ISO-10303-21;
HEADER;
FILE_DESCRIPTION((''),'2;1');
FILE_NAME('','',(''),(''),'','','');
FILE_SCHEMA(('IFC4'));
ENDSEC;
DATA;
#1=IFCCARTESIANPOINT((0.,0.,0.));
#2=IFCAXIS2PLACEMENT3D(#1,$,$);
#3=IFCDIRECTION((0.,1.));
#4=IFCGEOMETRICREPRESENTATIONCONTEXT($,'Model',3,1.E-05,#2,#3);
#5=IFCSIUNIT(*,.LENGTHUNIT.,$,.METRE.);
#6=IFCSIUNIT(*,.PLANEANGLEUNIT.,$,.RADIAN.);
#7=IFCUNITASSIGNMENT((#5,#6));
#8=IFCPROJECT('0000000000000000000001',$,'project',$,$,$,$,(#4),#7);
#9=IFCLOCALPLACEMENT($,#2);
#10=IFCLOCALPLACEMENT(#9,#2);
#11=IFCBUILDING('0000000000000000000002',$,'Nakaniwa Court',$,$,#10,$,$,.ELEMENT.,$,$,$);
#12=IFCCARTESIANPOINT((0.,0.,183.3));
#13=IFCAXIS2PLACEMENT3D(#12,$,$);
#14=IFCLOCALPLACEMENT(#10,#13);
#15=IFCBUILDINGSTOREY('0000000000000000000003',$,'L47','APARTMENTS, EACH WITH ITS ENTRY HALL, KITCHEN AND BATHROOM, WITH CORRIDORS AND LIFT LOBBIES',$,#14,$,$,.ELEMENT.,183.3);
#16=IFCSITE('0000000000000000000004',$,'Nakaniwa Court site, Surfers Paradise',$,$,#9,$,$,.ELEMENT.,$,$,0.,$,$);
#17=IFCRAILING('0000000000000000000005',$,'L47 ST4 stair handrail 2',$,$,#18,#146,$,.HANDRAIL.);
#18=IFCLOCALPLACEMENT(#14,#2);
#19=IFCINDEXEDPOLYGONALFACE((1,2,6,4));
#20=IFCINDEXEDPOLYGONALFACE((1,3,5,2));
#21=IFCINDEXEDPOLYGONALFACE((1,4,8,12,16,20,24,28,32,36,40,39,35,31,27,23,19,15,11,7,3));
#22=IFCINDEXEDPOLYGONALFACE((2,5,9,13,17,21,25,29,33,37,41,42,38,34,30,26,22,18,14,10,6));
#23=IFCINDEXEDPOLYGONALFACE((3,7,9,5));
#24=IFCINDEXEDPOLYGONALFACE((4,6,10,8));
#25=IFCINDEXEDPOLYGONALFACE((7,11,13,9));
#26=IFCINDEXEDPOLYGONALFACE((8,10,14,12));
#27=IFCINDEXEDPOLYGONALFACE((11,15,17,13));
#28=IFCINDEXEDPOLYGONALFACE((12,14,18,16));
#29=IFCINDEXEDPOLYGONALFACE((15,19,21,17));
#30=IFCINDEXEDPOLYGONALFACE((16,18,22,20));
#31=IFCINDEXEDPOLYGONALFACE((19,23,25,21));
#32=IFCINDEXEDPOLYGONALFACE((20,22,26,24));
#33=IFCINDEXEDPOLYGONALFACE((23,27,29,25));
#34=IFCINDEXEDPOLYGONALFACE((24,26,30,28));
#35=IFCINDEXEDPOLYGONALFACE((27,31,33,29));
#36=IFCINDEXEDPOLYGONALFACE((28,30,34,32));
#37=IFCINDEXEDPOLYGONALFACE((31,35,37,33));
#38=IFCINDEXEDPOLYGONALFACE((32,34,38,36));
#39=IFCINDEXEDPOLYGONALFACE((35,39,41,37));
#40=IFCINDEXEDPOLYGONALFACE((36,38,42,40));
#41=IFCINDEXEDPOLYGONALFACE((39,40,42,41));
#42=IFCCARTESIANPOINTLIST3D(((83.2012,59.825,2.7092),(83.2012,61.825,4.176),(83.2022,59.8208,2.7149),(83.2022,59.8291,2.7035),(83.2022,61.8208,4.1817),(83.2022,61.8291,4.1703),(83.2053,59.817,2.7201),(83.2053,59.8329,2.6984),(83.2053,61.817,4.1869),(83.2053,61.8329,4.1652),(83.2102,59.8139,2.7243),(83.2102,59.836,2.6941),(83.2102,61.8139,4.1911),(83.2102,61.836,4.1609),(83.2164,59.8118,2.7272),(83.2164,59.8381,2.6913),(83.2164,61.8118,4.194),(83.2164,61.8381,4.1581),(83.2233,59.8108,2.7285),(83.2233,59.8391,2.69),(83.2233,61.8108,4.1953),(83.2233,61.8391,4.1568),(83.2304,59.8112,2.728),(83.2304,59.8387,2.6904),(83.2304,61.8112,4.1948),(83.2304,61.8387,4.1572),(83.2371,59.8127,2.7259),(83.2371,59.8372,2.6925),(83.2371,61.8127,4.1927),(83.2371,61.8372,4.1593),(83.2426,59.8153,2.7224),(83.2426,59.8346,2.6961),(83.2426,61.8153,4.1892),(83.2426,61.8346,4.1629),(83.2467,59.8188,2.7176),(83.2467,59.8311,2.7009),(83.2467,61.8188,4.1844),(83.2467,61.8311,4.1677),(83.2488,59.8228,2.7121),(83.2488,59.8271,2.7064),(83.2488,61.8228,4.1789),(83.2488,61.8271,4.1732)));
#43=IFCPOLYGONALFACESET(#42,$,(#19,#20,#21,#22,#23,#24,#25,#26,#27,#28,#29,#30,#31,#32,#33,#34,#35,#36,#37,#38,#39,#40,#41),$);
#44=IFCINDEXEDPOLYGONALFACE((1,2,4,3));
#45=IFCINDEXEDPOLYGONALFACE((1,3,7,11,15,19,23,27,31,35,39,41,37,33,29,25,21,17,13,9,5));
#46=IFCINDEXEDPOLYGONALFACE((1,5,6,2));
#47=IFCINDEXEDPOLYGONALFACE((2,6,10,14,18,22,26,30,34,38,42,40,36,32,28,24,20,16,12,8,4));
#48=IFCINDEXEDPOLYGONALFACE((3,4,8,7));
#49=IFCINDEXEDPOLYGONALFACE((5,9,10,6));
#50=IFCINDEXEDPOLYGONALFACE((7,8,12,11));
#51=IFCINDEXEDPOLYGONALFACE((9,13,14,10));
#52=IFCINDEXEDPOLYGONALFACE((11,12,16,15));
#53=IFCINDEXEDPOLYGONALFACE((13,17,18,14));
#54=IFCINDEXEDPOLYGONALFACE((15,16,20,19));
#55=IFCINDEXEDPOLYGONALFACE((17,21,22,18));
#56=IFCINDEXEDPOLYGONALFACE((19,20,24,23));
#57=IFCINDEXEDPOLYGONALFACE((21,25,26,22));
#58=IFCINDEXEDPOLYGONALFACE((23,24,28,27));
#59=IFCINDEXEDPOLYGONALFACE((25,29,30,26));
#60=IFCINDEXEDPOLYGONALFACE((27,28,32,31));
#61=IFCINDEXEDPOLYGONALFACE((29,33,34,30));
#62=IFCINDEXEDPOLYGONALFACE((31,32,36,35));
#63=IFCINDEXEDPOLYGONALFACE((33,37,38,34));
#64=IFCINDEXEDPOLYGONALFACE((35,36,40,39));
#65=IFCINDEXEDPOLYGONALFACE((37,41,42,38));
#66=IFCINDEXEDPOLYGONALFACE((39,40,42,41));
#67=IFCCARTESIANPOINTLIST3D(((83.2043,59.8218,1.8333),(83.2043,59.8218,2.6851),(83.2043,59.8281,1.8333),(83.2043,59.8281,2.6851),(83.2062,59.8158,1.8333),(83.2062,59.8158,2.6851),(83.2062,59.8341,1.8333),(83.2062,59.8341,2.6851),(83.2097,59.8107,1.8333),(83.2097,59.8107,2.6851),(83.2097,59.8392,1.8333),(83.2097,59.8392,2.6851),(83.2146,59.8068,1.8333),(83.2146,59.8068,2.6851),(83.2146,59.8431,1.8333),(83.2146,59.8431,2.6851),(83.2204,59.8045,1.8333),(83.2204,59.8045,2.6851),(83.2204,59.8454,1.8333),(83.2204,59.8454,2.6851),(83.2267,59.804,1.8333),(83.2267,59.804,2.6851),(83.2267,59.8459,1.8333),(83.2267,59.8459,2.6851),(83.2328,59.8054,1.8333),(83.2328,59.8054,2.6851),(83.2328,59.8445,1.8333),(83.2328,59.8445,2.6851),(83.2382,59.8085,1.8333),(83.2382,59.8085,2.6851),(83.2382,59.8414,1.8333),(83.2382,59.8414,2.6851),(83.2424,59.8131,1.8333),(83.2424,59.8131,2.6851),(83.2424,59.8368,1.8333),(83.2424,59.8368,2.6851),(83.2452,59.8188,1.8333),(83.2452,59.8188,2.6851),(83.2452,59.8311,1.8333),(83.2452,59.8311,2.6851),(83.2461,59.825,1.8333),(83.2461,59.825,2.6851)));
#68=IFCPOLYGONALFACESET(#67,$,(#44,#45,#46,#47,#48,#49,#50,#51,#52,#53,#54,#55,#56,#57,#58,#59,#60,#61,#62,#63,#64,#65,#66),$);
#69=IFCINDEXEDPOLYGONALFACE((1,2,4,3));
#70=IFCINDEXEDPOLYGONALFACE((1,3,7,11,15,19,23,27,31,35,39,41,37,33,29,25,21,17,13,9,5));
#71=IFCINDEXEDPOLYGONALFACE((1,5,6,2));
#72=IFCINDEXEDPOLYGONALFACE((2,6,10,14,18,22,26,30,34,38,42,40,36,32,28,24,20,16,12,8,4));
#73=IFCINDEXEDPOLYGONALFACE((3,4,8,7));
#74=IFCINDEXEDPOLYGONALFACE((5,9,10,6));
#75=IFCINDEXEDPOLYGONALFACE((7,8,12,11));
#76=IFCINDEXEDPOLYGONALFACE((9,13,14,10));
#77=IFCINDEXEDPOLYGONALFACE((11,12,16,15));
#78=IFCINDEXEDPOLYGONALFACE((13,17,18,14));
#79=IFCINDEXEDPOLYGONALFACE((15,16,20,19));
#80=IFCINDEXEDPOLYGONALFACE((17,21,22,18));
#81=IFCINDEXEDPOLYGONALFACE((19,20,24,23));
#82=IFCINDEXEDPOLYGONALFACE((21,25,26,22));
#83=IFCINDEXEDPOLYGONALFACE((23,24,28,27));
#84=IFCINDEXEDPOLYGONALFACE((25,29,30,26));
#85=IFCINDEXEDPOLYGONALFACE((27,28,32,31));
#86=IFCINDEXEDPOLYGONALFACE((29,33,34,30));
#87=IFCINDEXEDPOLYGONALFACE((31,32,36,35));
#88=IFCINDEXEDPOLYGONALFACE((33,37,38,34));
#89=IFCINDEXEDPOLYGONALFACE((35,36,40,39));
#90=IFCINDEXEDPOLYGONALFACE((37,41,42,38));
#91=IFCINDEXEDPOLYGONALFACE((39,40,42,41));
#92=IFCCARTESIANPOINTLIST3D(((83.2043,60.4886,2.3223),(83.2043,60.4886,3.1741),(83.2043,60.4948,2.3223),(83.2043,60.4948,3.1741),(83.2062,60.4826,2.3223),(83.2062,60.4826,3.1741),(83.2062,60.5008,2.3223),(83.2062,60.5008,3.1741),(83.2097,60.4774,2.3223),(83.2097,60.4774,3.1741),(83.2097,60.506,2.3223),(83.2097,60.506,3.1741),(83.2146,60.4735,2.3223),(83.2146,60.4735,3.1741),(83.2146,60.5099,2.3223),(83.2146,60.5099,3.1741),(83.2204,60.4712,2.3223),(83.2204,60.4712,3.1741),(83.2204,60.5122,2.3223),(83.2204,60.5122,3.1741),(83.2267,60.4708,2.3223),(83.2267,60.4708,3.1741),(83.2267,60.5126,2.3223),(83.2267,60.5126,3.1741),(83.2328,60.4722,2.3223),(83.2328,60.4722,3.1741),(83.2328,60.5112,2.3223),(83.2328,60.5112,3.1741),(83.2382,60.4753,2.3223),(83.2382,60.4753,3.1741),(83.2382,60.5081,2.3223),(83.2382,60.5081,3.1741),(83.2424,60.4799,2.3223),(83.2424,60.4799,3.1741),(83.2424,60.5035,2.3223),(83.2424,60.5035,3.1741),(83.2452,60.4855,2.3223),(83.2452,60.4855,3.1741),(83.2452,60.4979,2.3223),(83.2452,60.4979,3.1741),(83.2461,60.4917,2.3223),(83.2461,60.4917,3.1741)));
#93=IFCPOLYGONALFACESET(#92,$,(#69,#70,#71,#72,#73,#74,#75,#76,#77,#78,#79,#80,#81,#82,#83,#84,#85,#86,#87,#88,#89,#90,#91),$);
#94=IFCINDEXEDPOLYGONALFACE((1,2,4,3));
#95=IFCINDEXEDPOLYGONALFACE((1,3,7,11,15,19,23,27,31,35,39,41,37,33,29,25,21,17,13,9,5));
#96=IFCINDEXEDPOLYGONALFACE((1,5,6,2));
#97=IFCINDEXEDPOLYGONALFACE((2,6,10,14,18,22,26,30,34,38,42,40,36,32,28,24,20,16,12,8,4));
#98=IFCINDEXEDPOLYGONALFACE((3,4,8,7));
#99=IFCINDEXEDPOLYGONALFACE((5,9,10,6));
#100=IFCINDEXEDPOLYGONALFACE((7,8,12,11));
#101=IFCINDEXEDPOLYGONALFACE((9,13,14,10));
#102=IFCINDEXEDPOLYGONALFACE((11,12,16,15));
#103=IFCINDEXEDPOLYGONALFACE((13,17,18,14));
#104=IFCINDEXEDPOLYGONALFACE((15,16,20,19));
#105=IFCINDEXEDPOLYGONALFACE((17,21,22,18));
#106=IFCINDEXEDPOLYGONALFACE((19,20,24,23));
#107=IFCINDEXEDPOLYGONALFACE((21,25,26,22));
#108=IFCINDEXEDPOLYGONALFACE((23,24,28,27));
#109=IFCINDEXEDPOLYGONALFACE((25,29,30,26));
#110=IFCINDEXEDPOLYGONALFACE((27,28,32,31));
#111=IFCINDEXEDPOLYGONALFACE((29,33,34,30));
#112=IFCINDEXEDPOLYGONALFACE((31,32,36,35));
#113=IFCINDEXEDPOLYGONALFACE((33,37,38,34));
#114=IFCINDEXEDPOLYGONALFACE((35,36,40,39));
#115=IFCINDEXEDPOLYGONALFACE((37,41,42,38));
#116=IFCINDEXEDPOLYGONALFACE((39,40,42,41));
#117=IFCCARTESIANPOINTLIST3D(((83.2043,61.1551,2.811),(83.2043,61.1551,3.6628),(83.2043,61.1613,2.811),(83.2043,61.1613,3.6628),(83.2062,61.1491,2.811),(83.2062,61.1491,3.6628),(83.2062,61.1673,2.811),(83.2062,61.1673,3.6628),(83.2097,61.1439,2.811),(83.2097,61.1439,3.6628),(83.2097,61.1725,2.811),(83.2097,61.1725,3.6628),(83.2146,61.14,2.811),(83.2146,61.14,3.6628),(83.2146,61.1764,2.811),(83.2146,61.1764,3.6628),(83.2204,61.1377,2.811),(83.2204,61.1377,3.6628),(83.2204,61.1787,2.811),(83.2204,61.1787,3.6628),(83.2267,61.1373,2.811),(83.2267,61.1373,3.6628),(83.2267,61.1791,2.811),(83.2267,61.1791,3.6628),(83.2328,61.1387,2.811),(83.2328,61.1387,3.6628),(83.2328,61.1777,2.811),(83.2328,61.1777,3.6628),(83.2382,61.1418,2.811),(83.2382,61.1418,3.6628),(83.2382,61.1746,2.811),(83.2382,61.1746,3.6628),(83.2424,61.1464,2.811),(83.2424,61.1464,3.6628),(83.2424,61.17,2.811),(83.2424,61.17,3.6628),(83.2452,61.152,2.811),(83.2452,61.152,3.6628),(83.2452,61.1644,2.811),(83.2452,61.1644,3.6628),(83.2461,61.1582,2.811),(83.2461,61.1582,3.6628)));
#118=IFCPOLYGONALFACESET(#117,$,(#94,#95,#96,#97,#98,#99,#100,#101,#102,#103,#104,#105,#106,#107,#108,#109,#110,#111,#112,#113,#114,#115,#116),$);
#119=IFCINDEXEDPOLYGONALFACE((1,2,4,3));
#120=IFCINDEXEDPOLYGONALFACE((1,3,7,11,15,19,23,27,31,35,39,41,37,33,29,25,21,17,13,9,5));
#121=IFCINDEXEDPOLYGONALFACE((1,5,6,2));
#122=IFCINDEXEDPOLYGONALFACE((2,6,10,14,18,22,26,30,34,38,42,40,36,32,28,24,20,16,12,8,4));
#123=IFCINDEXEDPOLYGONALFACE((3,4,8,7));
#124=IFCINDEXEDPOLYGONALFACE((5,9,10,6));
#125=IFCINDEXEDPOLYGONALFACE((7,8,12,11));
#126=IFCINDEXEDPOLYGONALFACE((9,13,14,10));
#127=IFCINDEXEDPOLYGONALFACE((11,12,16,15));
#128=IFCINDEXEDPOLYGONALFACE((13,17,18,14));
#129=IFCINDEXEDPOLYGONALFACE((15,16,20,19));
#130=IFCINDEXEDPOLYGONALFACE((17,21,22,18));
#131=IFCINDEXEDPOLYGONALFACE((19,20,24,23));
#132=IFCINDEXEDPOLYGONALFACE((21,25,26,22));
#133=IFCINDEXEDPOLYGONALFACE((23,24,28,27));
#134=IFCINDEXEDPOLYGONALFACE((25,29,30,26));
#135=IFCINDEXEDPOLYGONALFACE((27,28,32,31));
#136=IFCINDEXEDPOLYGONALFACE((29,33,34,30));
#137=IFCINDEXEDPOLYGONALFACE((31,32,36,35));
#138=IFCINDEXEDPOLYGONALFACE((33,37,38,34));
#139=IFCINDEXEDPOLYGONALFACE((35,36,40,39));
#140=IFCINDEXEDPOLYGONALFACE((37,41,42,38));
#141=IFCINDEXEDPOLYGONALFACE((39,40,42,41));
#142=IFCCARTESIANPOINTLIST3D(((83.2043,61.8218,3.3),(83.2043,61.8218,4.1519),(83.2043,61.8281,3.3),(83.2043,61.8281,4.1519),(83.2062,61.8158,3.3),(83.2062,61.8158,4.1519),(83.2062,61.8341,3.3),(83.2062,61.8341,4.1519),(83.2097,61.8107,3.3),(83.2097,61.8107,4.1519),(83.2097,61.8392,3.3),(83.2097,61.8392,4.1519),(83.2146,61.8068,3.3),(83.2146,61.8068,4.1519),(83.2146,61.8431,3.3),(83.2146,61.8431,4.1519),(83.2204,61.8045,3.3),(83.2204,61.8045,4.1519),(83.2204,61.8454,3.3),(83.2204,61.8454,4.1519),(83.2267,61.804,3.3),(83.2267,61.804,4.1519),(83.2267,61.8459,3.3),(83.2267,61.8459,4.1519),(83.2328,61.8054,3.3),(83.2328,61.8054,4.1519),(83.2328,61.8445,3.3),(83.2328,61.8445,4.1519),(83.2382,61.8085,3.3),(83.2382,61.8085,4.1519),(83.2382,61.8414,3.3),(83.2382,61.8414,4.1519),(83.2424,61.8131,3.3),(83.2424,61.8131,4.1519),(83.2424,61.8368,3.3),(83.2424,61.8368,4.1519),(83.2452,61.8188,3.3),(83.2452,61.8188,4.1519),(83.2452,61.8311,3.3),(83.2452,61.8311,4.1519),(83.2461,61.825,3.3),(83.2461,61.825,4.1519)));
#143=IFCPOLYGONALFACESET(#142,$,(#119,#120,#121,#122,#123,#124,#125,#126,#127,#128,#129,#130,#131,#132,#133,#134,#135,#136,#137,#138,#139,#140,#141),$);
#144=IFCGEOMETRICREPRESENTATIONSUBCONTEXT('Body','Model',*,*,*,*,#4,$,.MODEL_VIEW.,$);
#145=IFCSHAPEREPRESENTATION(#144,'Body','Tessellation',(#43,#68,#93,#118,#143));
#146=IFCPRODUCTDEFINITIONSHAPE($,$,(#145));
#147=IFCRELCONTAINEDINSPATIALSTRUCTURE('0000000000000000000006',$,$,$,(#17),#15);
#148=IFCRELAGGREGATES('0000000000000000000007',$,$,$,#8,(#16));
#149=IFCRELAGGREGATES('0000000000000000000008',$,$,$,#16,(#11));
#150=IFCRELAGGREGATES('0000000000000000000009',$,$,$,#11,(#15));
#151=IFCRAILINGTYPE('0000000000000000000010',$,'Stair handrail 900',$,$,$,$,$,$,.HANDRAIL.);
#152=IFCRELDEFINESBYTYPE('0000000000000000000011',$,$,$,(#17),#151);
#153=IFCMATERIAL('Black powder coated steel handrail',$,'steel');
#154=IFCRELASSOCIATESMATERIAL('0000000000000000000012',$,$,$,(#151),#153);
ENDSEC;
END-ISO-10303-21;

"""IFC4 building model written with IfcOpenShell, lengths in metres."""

from ifc_helpers import new_model, si_unit, direction, frame, origin, origin_2d, place, context, subcontext, project, spatial, circle, extrude, material, type_object, element, save


model = new_model("IFC4")

# Units and contexts
model_context = context("Model", 3, precision=1e-05, world=origin(), true_north=direction((0.0, 1.0)))
body_context = subcontext(model_context, "Body", "Model", "MODEL_VIEW")
ifc_project = project(units=[si_unit("LENGTHUNIT", "METRE"), si_unit("PLANEANGLEUNIT", "RADIAN")], contexts=[model_context])

# Site, building, storey
site_placement = place(None, origin())
site = spatial("IfcSite", under=ifc_project, at=site_placement, Name="Nakaniwa Court site, Surfers Paradise", CompositionType="ELEMENT", RefElevation=0.0)
building_placement = place(site_placement, origin())
building = spatial("IfcBuilding", under=site, at=building_placement, Name="Nakaniwa Court", CompositionType="ELEMENT")
storey_placement = place(building_placement, frame((0.0, 0.0, 183.3)))
storey = spatial("IfcBuildingStorey", under=building, at=storey_placement, Name="L47", Description="APARTMENTS, EACH WITH ITS ENTRY HALL, KITCHEN AND BATHROOM, WITH CORRIDORS AND LIFT LOBBIES", CompositionType="ELEMENT", Elevation=183.3)

# Railing
ifc_material_1 = material(Name="Black powder coated steel handrail", Category="steel")
railing_type_1 = type_object("IfcRailingType", Name="Stair handrail 900", PredefinedType="HANDRAIL", material=ifc_material_1)
railing_1_placement = place(storey_placement, frame((83.2251, 59.825, 1.8333)))
element("IfcRailing", 1, at=railing_1_placement, inside=storey, type_object=railing_type_1, Name="L47 ST4 stair handrail 2", PredefinedType="HANDRAIL", context=body_context, shape_type="SweptSolid", body=[
    extrude(circle(Radius=0.0239, at=origin_2d()), frame((0.0, 0.0, 0.876), z_axis=(0.0, 0.80638, 0.591398), x_axis=(-1.0, 0.0, 0.0)), (0.0, 0.0, 1.0), 2.4802),
    extrude(circle(Radius=0.021, at=origin_2d()), origin(), (0.0, 0.0, 1.0), 0.8518),
    extrude(circle(Radius=0.021, at=origin_2d()), frame((0.0, 0.6667, 0.489)), (0.0, 0.0, 1.0), 0.8518),
    extrude(circle(Radius=0.021, at=origin_2d()), frame((0.0, 1.3333, 0.9778)), (0.0, 0.0, 1.0), 0.8518),
    extrude(circle(Radius=0.021, at=origin_2d()), frame((0.0, 2.0, 1.4668)), (0.0, 0.0, 1.0), 0.8518),
])

save(model, "model.ifc")
